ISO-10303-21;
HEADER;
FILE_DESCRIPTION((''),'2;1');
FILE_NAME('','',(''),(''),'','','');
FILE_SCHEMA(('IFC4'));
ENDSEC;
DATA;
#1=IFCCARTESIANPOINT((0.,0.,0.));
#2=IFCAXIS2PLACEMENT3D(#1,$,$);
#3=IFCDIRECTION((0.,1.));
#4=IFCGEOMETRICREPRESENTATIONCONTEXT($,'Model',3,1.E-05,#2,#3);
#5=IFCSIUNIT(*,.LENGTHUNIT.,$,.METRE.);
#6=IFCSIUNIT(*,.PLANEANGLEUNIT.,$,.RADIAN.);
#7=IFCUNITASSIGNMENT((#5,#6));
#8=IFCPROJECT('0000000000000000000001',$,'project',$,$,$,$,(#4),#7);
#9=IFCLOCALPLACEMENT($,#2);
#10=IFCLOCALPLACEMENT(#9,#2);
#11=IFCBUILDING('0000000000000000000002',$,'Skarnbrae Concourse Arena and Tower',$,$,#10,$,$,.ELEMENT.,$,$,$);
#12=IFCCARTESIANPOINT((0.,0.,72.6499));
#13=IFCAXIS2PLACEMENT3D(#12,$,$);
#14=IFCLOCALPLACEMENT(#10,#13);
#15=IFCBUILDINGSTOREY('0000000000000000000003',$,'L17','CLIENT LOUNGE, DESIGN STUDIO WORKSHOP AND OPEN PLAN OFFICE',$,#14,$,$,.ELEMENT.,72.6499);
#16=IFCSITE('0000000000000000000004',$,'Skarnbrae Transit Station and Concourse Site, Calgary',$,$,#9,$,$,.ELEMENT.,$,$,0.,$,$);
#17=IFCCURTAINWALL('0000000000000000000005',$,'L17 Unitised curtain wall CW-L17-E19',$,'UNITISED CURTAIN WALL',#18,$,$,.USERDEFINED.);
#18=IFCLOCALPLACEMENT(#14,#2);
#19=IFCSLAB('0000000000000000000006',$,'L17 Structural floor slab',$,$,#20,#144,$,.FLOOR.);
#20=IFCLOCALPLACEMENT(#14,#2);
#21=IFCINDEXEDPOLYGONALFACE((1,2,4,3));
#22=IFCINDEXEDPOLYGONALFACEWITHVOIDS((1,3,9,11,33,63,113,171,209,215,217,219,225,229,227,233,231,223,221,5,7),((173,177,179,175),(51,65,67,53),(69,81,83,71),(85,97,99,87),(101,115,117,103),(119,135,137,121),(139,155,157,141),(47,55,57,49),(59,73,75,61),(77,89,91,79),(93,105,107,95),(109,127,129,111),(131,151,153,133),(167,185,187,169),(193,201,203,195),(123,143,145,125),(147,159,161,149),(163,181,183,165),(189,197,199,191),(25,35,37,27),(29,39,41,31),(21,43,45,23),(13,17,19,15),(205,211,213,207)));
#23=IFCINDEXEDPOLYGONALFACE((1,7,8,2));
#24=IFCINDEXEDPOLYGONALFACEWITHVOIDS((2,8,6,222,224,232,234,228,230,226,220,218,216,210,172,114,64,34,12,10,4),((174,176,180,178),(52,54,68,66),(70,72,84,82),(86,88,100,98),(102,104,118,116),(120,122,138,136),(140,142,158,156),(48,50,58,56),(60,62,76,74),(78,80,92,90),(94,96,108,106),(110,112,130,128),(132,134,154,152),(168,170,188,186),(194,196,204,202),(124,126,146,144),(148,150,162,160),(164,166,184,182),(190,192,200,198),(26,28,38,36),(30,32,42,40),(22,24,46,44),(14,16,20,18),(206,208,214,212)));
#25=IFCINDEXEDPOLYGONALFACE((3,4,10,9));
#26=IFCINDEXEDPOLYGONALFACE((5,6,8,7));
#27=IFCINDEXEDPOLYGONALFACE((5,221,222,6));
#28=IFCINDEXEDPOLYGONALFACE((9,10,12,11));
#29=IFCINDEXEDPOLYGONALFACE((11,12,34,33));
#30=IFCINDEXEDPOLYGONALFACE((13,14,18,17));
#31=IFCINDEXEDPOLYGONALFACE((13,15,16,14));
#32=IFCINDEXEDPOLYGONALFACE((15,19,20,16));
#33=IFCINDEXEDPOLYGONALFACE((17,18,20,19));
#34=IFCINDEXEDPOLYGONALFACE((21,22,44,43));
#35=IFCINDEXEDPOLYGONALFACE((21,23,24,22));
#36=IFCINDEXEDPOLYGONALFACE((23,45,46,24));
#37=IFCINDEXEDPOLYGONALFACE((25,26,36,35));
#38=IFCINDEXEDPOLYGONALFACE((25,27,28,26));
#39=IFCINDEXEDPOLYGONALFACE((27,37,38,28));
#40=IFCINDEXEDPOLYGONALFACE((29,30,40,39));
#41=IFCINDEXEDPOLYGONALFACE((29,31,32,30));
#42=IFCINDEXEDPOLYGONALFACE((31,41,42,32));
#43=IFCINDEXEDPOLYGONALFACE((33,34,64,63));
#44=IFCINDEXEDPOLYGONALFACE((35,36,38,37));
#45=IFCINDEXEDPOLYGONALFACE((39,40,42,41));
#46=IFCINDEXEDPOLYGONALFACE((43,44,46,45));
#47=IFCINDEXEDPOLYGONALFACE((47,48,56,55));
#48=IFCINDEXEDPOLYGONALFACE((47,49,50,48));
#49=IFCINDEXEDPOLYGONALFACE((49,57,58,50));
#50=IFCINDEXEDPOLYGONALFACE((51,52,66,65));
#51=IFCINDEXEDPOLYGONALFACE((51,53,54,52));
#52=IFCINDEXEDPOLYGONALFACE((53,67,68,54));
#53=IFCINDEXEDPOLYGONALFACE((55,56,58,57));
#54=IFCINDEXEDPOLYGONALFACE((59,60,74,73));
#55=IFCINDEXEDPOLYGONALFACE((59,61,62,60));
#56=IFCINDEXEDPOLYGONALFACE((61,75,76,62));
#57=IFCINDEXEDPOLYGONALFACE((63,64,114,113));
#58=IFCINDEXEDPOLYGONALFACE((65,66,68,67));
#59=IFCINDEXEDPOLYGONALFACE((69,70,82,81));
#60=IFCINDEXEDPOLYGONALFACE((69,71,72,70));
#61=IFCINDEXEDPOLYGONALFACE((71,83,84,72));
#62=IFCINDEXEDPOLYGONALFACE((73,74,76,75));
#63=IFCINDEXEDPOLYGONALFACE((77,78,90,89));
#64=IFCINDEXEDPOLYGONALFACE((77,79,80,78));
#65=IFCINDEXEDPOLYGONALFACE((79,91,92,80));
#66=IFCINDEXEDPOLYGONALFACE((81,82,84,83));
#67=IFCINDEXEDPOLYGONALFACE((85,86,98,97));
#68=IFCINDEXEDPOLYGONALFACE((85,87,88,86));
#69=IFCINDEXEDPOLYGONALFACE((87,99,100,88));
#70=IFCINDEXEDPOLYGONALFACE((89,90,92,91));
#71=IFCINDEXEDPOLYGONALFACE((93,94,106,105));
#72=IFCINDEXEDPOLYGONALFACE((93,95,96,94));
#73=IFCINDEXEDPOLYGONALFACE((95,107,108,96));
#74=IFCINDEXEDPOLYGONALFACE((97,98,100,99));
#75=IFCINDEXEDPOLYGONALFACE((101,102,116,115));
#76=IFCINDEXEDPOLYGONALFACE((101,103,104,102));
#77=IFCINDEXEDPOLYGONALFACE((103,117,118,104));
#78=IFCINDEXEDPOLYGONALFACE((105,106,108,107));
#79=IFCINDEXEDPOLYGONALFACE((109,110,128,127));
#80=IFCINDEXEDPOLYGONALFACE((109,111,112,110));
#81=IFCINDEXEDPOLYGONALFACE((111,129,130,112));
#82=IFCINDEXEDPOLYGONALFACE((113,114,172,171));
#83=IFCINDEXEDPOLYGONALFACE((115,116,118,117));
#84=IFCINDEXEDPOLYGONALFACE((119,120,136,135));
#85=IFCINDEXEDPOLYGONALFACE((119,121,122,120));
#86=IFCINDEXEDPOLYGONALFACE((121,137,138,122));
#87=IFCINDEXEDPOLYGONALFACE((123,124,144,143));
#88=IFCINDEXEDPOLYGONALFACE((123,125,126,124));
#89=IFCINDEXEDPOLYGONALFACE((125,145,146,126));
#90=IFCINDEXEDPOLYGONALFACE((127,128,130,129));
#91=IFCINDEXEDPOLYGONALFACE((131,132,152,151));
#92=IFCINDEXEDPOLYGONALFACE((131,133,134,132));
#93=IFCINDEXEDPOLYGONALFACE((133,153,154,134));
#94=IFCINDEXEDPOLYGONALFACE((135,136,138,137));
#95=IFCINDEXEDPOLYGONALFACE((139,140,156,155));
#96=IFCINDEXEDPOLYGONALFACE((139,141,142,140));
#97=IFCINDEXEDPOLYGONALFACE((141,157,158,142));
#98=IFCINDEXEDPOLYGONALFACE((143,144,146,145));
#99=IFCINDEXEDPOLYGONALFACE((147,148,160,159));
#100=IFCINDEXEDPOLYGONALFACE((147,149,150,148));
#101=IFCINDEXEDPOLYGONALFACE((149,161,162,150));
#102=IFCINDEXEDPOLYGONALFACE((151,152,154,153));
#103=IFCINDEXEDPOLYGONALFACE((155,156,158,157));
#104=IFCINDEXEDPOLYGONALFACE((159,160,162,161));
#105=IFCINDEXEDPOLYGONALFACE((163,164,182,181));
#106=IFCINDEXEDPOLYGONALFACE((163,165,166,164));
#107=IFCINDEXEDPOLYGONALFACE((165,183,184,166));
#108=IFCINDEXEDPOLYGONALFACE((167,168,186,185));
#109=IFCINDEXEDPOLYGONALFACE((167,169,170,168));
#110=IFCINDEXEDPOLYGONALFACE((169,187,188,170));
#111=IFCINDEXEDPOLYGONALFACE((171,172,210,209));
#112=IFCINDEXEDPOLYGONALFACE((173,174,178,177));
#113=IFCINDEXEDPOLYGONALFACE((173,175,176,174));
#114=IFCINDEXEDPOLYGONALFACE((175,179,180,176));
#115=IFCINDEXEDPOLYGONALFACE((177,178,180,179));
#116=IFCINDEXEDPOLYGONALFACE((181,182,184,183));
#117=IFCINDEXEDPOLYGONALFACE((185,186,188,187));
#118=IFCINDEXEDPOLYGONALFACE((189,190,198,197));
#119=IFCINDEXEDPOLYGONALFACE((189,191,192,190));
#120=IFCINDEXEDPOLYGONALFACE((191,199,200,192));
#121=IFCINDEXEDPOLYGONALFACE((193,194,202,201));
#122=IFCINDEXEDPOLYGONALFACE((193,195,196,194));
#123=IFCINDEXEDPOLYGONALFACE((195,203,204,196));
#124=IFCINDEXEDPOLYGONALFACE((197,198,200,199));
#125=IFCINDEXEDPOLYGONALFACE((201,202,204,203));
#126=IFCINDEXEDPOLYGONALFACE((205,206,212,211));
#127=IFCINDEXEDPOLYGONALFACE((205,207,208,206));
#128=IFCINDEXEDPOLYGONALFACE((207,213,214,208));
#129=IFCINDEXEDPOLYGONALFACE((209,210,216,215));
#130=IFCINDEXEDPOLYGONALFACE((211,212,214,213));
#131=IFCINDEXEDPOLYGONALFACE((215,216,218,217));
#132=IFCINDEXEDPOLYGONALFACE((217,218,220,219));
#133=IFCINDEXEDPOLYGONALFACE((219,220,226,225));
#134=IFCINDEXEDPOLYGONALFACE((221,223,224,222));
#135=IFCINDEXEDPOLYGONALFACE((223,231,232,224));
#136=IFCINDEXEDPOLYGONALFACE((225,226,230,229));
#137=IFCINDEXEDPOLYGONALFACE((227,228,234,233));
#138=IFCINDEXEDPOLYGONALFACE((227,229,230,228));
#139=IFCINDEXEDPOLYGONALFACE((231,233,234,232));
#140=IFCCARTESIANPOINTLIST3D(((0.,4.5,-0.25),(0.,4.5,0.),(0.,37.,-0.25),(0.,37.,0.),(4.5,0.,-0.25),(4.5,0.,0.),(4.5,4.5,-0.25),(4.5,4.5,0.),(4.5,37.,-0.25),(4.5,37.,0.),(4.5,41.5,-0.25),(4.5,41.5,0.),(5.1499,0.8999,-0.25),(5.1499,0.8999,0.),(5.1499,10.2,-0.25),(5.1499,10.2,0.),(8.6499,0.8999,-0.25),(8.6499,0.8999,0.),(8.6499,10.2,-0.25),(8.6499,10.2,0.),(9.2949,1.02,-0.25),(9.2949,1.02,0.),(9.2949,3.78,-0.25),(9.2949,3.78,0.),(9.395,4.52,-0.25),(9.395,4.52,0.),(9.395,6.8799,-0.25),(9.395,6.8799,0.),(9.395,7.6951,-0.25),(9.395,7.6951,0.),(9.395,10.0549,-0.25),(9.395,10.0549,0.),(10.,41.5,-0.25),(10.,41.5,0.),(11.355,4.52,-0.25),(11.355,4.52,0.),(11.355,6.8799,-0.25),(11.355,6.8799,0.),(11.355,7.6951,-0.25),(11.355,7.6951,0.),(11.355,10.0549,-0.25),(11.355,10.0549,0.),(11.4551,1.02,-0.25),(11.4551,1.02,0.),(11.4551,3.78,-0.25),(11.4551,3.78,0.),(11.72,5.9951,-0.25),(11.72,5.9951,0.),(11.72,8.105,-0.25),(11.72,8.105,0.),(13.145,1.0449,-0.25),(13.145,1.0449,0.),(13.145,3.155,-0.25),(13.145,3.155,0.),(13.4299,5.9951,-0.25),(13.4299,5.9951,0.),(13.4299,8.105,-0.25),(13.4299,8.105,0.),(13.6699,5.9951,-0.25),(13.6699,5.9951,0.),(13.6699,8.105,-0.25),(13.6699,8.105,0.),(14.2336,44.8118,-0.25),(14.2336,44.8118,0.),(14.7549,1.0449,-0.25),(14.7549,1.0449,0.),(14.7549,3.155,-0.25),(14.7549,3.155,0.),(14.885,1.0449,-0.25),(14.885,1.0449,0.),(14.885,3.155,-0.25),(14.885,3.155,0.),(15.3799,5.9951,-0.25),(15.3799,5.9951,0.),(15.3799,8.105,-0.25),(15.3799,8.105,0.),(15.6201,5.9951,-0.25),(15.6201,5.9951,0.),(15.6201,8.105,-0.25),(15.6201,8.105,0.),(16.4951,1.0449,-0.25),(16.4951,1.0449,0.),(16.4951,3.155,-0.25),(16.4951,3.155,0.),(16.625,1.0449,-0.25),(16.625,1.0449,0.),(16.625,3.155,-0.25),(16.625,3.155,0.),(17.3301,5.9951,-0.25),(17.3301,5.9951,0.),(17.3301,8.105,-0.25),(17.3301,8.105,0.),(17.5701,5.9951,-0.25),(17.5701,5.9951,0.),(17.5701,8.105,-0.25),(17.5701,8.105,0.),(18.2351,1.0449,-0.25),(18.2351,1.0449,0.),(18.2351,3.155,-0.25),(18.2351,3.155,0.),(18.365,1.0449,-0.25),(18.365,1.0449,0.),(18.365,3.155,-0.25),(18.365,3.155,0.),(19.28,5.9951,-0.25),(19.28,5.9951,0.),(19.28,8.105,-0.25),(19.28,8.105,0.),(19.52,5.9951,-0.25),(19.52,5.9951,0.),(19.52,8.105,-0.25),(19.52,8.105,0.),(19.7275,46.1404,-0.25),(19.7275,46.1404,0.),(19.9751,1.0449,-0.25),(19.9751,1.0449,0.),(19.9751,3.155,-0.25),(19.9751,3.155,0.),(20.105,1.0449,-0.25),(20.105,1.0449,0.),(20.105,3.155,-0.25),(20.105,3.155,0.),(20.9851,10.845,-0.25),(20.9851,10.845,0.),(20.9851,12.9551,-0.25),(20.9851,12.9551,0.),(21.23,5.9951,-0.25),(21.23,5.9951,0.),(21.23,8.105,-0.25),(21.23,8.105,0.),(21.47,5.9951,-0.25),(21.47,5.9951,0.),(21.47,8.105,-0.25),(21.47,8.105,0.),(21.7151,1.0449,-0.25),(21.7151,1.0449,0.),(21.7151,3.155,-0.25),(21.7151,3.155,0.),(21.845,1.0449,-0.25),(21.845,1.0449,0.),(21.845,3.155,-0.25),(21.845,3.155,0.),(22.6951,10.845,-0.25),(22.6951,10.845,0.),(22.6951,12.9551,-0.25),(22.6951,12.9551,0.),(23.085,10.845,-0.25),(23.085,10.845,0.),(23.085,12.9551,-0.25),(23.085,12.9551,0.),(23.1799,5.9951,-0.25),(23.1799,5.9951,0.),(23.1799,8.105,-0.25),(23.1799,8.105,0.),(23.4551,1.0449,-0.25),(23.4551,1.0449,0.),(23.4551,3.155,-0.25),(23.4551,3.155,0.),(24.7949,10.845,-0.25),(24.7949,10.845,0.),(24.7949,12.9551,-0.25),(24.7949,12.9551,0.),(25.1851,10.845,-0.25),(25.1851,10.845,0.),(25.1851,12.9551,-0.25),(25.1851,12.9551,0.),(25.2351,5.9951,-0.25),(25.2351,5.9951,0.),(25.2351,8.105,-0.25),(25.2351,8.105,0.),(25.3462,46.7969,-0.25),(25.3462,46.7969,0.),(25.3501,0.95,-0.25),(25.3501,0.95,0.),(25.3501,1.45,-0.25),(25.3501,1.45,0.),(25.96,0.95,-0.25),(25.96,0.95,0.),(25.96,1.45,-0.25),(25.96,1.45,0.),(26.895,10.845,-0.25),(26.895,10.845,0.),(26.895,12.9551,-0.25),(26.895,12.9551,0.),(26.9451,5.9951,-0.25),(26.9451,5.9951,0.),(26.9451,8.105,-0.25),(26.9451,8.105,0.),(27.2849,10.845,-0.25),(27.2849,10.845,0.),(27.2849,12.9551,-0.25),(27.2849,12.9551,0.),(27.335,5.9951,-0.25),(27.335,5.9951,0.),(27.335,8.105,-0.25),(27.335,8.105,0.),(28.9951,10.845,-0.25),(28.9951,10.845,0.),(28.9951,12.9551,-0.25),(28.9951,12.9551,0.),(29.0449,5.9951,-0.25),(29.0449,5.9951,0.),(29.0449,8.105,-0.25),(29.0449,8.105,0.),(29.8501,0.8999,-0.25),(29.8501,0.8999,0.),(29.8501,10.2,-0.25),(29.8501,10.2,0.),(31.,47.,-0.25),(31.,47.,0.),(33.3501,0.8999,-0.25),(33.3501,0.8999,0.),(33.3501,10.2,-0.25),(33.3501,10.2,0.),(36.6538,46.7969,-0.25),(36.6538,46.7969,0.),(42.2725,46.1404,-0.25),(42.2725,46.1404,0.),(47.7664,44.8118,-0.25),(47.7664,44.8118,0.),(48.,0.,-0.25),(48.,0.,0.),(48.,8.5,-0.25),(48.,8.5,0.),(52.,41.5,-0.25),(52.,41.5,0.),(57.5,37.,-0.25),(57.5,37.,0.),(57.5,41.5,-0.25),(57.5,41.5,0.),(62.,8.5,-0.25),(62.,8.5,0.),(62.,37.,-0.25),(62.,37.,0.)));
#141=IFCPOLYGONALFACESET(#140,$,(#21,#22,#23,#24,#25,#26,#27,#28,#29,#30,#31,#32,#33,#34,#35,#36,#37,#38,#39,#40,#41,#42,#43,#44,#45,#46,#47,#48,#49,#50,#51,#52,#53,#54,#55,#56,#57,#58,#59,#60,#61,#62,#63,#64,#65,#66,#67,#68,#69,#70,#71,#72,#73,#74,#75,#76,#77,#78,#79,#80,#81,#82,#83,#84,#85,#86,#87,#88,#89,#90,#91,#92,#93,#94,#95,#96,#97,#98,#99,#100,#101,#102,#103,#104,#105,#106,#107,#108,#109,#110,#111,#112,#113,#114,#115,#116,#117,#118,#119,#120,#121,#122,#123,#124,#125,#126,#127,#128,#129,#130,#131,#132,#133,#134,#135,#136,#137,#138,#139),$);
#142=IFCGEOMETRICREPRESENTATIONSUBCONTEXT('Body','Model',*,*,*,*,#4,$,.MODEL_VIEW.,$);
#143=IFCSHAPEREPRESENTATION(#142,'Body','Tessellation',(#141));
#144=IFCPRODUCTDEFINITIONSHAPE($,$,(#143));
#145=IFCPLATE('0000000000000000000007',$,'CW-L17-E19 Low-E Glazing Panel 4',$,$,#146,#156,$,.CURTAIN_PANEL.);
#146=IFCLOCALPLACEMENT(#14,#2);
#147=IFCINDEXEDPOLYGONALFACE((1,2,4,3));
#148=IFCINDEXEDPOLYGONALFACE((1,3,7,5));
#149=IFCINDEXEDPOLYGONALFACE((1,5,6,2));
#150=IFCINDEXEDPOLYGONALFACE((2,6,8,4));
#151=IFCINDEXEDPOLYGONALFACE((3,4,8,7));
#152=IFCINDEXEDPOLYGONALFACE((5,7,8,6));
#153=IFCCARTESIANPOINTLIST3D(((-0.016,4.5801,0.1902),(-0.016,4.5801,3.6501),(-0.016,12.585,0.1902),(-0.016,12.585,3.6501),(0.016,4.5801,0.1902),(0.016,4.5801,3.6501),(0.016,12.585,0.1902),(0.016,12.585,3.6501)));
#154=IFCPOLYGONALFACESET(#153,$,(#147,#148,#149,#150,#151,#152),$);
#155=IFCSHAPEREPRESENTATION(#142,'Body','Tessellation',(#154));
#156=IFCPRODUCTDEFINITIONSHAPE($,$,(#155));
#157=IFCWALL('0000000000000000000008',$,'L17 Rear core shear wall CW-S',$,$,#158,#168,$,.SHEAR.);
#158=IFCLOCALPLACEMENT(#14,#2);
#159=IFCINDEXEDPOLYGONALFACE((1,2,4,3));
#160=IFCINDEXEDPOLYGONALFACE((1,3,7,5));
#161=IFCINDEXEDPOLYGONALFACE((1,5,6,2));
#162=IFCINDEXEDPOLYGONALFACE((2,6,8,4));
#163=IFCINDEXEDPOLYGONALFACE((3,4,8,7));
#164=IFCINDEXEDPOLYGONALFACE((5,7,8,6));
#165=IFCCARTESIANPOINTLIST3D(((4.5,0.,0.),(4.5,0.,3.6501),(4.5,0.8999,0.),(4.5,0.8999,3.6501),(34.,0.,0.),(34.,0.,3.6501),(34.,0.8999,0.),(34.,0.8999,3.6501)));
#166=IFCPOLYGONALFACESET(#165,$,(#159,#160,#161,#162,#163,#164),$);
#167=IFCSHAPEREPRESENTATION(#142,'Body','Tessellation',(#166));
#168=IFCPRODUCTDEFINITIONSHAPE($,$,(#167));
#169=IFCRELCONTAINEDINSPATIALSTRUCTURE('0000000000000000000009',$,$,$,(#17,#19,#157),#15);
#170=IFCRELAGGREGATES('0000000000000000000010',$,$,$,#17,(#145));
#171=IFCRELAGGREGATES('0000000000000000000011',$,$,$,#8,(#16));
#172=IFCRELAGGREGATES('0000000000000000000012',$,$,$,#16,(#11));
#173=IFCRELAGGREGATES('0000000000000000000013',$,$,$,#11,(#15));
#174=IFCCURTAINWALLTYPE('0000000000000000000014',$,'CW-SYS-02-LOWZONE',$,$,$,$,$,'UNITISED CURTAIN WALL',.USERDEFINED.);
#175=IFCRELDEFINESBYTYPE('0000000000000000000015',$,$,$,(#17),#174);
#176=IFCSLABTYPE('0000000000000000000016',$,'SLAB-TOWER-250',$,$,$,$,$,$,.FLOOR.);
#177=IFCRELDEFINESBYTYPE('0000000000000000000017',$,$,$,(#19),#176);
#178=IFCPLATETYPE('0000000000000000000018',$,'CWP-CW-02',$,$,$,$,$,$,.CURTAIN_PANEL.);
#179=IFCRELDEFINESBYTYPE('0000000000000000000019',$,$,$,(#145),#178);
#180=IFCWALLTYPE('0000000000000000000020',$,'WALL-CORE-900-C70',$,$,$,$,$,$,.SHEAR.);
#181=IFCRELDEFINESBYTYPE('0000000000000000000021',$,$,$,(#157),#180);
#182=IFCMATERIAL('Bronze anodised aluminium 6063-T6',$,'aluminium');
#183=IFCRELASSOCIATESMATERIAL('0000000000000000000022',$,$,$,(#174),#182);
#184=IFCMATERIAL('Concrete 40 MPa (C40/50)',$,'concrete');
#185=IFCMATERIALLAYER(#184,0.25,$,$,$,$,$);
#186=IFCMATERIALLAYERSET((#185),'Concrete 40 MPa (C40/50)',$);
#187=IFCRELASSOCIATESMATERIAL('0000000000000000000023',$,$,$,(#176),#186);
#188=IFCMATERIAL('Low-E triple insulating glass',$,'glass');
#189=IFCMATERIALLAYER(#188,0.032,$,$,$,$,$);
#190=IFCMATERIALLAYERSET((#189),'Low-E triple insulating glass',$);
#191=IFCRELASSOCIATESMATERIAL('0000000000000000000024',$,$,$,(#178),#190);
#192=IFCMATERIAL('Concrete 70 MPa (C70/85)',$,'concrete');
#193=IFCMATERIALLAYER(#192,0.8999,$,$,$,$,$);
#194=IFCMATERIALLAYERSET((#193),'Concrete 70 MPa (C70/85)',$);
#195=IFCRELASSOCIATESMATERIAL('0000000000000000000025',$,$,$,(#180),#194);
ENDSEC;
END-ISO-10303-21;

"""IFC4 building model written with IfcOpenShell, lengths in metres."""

from ifc_helpers import new_model, si_unit, direction, frame, frame_2d, origin, origin_2d, place, context, subcontext, project, spatial, polyline, rectangle, outline, extrude, source, transform, mapped, material, layer, layer_set, type_object, element, aggregate, save


model = new_model("IFC4")

# Units and contexts
model_context = context("Model", 3, precision=1e-05, world=origin(), true_north=direction((0.0, 1.0)))
body_context = subcontext(model_context, "Body", "Model", "MODEL_VIEW")
ifc_project = project(units=[si_unit("LENGTHUNIT", "METRE"), si_unit("PLANEANGLEUNIT", "RADIAN")], contexts=[model_context])

# Site, building, storey
site_placement = place(None, origin())
site = spatial("IfcSite", under=ifc_project, at=site_placement, Name="Skarnbrae Transit Station and Concourse Site, Calgary", CompositionType="ELEMENT", RefElevation=0.0)
building_placement = place(site_placement, origin())
building = spatial("IfcBuilding", under=site, at=building_placement, Name="Skarnbrae Concourse Arena and Tower", CompositionType="ELEMENT")
storey_placement = place(building_placement, frame((0.0, 0.0, 72.6499)))
storey = spatial("IfcBuildingStorey", under=building, at=storey_placement, Name="L17", Description="CLIENT LOUNGE, DESIGN STUDIO WORKSHOP AND OPEN PLAN OFFICE", CompositionType="ELEMENT", Elevation=72.6499)

# Curtain wall
ifc_material_1 = material(Name="Bronze anodised aluminium 6063-T6", Category="aluminium")
curtain_wall_type = type_object("IfcCurtainWallType", Name="CW-SYS-02-LOWZONE", ElementType="UNITISED CURTAIN WALL", PredefinedType="USERDEFINED", material=ifc_material_1)
curtain_wall_placement = place(storey_placement, origin())
curtain_wall = element("IfcCurtainWall", 1, at=curtain_wall_placement, inside=storey, type_object=curtain_wall_type, Name="L17 Unitised curtain wall CW-L17-E19", ObjectType="UNITISED CURTAIN WALL", PredefinedType="USERDEFINED")

# Shared definitions
ifc_material_2 = material(Name="Concrete 40 MPa (C40/50)", Category="concrete")

# Slab
ifc_layer_1 = layer(ifc_material_2, 0.25)
ifc_layer_set_1 = layer_set([ifc_layer_1], Name="Concrete 40 MPa (C40/50)")
slab_type_1 = type_object("IfcSlabType", Name="SLAB-TOWER-250", PredefinedType="FLOOR", material=ifc_layer_set_1)
slab_1_placement = place(storey_placement, frame((0.0, 0.0, -0.25)))
element("IfcSlab", 2, at=slab_1_placement, inside=storey, type_object=slab_type_1, Name="L17 Structural floor slab", PredefinedType="FLOOR", context=body_context, shape_type="SweptSolid", body=[
    extrude(outline(polyline([(4.5, 0.0), (48.0, 0.0), (48.0, 8.5), (62.0, 8.5), (62.0, 37.0), (57.5, 37.0), (57.5, 41.5), (52.0, 41.5), (47.7664, 44.8118), (42.2725, 46.1404), (36.6538, 46.7969), (31.0, 47.0), (25.3462, 46.7969), (19.7275, 46.1404), (14.2336, 44.8118), (10.0, 41.5), (4.5, 41.5), (4.5, 37.0), (0.0, 37.0), (0.0, 4.5), (4.5, 4.5), (4.5, 0.0)]), holes=[polyline([(13.145, 3.155), (14.7549, 3.155), (14.7549, 1.0449), (13.145, 1.0449), (13.145, 3.155)]), polyline([(16.4951, 3.155), (16.4951, 1.0449), (14.885, 1.0449), (14.885, 3.155), (16.4951, 3.155)]), polyline([(18.2351, 3.155), (18.2351, 1.0449), (16.625, 1.0449), (16.625, 3.155), (18.2351, 3.155)]), polyline([(18.365, 3.155), (19.9751, 3.155), (19.9751, 1.0449), (18.365, 1.0449), (18.365, 3.155)]), polyline([(11.4551, 3.78), (11.4551, 1.02), (9.2949, 1.02), (9.2949, 3.78), (11.4551, 3.78)]), polyline([(8.6499, 0.8999), (5.1499, 0.8999), (5.1499, 10.2), (8.6499, 10.2), (8.6499, 0.8999)]), polyline([(9.395, 6.8799), (11.355, 6.8799), (11.355, 4.52), (9.395, 4.52), (9.395, 6.8799)]), polyline([(13.4299, 8.105), (13.4299, 5.9951), (11.72, 5.9951), (11.72, 8.105), (13.4299, 8.105)]), polyline([(15.3799, 8.105), (15.3799, 5.9951), (13.6699, 5.9951), (13.6699, 8.105), (15.3799, 8.105)]), polyline([(15.6201, 8.105), (17.3301, 8.105), (17.3301, 5.9951), (15.6201, 5.9951), (15.6201, 8.105)]), polyline([(19.28, 8.105), (19.28, 5.9951), (17.5701, 5.9951), (17.5701, 8.105), (19.28, 8.105)]), polyline([(11.355, 10.0549), (11.355, 7.6951), (9.395, 7.6951), (9.395, 10.0549), (11.355, 10.0549)]), polyline([(25.3501, 1.45), (25.96, 1.45), (25.96, 0.95), (25.3501, 0.95), (25.3501, 1.45)]), polyline([(21.7151, 3.155), (21.7151, 1.0449), (20.105, 1.0449), (20.105, 3.155), (21.7151, 3.155)]), polyline([(23.4551, 3.155), (23.4551, 1.0449), (21.845, 1.0449), (21.845, 3.155), (23.4551, 3.155)]), polyline([(33.3501, 10.2), (33.3501, 0.8999), (29.8501, 0.8999), (29.8501, 10.2), (33.3501, 10.2)]), polyline([(21.23, 8.105), (21.23, 5.9951), (19.52, 5.9951), (19.52, 8.105), (21.23, 8.105)]), polyline([(23.1799, 8.105), (23.1799, 5.9951), (21.47, 5.9951), (21.47, 8.105), (23.1799, 8.105)]), polyline([(25.2351, 8.105), (26.9451, 8.105), (26.9451, 5.9951), (25.2351, 5.9951), (25.2351, 8.105)]), polyline([(29.0449, 8.105), (29.0449, 5.9951), (27.335, 5.9951), (27.335, 8.105), (29.0449, 8.105)]), polyline([(22.6951, 12.9551), (22.6951, 10.845), (20.9851, 10.845), (20.9851, 12.9551), (22.6951, 12.9551)]), polyline([(23.085, 12.9551), (24.7949, 12.9551), (24.7949, 10.845), (23.085, 10.845), (23.085, 12.9551)]), polyline([(26.895, 12.9551), (26.895, 10.845), (25.1851, 10.845), (25.1851, 12.9551), (26.895, 12.9551)]), polyline([(28.9951, 12.9551), (28.9951, 10.845), (27.2849, 10.845), (27.2849, 12.9551), (28.9951, 12.9551)])]), origin(), (0.0, 0.0, 1.0), 0.25),
])

# Plate
ifc_material_3 = material(Name="Low-E triple insulating glass", Category="glass")
ifc_layer_2 = layer(ifc_material_3, 0.032)
ifc_layer_set_2 = layer_set([ifc_layer_2], Name="Low-E triple insulating glass")
plate_type = type_object("IfcPlateType", Name="CWP-CW-02", PredefinedType="CURTAIN_PANEL", material=ifc_layer_set_2)
shared_shape_1 = source(origin(), body_context, "Body", "SweptSolid", [
    extrude(rectangle(XDim=8.0049, YDim=0.032, at=origin_2d()), origin(), (0.0, 0.0, 1.0), 3.46),
])
plate_placement = place(storey_placement, frame((0.0, 8.5825, 0.1902), z_axis=(0.0, 0.0, 1.0), x_axis=(0.0, -1.0, 0.0)))
plate = element("IfcPlate", 3, at=plate_placement, type_object=plate_type, Name="CW-L17-E19 Low-E Glazing Panel 4", PredefinedType="CURTAIN_PANEL", context=body_context, shape_type="MappedRepresentation", body=[
    mapped(shared_shape_1, transform((0.0, 0.0, 0.0))),
])
aggregate(curtain_wall, [plate])

# Wall
ifc_material_4 = material(Name="Concrete 70 MPa (C70/85)", Category="concrete")
ifc_layer_3 = layer(ifc_material_4, 0.8999)
ifc_layer_set_3 = layer_set([ifc_layer_3], Name="Concrete 70 MPa (C70/85)")
wall_type_1 = type_object("IfcWallType", Name="WALL-CORE-900-C70", PredefinedType="SHEAR", material=ifc_layer_set_3)
shared_shape_2 = source(origin(), body_context, "Body", "SweptSolid", [
    extrude(rectangle(XDim=29.5, YDim=0.8999, at=frame_2d((14.75, 0.0))), origin(), (0.0, 0.0, 1.0), 3.6501),
])
wall_1_placement = place(storey_placement, frame((4.5, 0.45, 0.0), z_axis=(0.0, 0.0, 1.0), x_axis=(1.0, 0.0, 0.0)))
element("IfcWall", 4, at=wall_1_placement, inside=storey, type_object=wall_type_1, Name="L17 Rear core shear wall CW-S", PredefinedType="SHEAR", context=body_context, shape_type="MappedRepresentation", body=[
    mapped(shared_shape_2, transform((0.0, 0.0, 0.0))),
])

save(model, "model.ifc")
